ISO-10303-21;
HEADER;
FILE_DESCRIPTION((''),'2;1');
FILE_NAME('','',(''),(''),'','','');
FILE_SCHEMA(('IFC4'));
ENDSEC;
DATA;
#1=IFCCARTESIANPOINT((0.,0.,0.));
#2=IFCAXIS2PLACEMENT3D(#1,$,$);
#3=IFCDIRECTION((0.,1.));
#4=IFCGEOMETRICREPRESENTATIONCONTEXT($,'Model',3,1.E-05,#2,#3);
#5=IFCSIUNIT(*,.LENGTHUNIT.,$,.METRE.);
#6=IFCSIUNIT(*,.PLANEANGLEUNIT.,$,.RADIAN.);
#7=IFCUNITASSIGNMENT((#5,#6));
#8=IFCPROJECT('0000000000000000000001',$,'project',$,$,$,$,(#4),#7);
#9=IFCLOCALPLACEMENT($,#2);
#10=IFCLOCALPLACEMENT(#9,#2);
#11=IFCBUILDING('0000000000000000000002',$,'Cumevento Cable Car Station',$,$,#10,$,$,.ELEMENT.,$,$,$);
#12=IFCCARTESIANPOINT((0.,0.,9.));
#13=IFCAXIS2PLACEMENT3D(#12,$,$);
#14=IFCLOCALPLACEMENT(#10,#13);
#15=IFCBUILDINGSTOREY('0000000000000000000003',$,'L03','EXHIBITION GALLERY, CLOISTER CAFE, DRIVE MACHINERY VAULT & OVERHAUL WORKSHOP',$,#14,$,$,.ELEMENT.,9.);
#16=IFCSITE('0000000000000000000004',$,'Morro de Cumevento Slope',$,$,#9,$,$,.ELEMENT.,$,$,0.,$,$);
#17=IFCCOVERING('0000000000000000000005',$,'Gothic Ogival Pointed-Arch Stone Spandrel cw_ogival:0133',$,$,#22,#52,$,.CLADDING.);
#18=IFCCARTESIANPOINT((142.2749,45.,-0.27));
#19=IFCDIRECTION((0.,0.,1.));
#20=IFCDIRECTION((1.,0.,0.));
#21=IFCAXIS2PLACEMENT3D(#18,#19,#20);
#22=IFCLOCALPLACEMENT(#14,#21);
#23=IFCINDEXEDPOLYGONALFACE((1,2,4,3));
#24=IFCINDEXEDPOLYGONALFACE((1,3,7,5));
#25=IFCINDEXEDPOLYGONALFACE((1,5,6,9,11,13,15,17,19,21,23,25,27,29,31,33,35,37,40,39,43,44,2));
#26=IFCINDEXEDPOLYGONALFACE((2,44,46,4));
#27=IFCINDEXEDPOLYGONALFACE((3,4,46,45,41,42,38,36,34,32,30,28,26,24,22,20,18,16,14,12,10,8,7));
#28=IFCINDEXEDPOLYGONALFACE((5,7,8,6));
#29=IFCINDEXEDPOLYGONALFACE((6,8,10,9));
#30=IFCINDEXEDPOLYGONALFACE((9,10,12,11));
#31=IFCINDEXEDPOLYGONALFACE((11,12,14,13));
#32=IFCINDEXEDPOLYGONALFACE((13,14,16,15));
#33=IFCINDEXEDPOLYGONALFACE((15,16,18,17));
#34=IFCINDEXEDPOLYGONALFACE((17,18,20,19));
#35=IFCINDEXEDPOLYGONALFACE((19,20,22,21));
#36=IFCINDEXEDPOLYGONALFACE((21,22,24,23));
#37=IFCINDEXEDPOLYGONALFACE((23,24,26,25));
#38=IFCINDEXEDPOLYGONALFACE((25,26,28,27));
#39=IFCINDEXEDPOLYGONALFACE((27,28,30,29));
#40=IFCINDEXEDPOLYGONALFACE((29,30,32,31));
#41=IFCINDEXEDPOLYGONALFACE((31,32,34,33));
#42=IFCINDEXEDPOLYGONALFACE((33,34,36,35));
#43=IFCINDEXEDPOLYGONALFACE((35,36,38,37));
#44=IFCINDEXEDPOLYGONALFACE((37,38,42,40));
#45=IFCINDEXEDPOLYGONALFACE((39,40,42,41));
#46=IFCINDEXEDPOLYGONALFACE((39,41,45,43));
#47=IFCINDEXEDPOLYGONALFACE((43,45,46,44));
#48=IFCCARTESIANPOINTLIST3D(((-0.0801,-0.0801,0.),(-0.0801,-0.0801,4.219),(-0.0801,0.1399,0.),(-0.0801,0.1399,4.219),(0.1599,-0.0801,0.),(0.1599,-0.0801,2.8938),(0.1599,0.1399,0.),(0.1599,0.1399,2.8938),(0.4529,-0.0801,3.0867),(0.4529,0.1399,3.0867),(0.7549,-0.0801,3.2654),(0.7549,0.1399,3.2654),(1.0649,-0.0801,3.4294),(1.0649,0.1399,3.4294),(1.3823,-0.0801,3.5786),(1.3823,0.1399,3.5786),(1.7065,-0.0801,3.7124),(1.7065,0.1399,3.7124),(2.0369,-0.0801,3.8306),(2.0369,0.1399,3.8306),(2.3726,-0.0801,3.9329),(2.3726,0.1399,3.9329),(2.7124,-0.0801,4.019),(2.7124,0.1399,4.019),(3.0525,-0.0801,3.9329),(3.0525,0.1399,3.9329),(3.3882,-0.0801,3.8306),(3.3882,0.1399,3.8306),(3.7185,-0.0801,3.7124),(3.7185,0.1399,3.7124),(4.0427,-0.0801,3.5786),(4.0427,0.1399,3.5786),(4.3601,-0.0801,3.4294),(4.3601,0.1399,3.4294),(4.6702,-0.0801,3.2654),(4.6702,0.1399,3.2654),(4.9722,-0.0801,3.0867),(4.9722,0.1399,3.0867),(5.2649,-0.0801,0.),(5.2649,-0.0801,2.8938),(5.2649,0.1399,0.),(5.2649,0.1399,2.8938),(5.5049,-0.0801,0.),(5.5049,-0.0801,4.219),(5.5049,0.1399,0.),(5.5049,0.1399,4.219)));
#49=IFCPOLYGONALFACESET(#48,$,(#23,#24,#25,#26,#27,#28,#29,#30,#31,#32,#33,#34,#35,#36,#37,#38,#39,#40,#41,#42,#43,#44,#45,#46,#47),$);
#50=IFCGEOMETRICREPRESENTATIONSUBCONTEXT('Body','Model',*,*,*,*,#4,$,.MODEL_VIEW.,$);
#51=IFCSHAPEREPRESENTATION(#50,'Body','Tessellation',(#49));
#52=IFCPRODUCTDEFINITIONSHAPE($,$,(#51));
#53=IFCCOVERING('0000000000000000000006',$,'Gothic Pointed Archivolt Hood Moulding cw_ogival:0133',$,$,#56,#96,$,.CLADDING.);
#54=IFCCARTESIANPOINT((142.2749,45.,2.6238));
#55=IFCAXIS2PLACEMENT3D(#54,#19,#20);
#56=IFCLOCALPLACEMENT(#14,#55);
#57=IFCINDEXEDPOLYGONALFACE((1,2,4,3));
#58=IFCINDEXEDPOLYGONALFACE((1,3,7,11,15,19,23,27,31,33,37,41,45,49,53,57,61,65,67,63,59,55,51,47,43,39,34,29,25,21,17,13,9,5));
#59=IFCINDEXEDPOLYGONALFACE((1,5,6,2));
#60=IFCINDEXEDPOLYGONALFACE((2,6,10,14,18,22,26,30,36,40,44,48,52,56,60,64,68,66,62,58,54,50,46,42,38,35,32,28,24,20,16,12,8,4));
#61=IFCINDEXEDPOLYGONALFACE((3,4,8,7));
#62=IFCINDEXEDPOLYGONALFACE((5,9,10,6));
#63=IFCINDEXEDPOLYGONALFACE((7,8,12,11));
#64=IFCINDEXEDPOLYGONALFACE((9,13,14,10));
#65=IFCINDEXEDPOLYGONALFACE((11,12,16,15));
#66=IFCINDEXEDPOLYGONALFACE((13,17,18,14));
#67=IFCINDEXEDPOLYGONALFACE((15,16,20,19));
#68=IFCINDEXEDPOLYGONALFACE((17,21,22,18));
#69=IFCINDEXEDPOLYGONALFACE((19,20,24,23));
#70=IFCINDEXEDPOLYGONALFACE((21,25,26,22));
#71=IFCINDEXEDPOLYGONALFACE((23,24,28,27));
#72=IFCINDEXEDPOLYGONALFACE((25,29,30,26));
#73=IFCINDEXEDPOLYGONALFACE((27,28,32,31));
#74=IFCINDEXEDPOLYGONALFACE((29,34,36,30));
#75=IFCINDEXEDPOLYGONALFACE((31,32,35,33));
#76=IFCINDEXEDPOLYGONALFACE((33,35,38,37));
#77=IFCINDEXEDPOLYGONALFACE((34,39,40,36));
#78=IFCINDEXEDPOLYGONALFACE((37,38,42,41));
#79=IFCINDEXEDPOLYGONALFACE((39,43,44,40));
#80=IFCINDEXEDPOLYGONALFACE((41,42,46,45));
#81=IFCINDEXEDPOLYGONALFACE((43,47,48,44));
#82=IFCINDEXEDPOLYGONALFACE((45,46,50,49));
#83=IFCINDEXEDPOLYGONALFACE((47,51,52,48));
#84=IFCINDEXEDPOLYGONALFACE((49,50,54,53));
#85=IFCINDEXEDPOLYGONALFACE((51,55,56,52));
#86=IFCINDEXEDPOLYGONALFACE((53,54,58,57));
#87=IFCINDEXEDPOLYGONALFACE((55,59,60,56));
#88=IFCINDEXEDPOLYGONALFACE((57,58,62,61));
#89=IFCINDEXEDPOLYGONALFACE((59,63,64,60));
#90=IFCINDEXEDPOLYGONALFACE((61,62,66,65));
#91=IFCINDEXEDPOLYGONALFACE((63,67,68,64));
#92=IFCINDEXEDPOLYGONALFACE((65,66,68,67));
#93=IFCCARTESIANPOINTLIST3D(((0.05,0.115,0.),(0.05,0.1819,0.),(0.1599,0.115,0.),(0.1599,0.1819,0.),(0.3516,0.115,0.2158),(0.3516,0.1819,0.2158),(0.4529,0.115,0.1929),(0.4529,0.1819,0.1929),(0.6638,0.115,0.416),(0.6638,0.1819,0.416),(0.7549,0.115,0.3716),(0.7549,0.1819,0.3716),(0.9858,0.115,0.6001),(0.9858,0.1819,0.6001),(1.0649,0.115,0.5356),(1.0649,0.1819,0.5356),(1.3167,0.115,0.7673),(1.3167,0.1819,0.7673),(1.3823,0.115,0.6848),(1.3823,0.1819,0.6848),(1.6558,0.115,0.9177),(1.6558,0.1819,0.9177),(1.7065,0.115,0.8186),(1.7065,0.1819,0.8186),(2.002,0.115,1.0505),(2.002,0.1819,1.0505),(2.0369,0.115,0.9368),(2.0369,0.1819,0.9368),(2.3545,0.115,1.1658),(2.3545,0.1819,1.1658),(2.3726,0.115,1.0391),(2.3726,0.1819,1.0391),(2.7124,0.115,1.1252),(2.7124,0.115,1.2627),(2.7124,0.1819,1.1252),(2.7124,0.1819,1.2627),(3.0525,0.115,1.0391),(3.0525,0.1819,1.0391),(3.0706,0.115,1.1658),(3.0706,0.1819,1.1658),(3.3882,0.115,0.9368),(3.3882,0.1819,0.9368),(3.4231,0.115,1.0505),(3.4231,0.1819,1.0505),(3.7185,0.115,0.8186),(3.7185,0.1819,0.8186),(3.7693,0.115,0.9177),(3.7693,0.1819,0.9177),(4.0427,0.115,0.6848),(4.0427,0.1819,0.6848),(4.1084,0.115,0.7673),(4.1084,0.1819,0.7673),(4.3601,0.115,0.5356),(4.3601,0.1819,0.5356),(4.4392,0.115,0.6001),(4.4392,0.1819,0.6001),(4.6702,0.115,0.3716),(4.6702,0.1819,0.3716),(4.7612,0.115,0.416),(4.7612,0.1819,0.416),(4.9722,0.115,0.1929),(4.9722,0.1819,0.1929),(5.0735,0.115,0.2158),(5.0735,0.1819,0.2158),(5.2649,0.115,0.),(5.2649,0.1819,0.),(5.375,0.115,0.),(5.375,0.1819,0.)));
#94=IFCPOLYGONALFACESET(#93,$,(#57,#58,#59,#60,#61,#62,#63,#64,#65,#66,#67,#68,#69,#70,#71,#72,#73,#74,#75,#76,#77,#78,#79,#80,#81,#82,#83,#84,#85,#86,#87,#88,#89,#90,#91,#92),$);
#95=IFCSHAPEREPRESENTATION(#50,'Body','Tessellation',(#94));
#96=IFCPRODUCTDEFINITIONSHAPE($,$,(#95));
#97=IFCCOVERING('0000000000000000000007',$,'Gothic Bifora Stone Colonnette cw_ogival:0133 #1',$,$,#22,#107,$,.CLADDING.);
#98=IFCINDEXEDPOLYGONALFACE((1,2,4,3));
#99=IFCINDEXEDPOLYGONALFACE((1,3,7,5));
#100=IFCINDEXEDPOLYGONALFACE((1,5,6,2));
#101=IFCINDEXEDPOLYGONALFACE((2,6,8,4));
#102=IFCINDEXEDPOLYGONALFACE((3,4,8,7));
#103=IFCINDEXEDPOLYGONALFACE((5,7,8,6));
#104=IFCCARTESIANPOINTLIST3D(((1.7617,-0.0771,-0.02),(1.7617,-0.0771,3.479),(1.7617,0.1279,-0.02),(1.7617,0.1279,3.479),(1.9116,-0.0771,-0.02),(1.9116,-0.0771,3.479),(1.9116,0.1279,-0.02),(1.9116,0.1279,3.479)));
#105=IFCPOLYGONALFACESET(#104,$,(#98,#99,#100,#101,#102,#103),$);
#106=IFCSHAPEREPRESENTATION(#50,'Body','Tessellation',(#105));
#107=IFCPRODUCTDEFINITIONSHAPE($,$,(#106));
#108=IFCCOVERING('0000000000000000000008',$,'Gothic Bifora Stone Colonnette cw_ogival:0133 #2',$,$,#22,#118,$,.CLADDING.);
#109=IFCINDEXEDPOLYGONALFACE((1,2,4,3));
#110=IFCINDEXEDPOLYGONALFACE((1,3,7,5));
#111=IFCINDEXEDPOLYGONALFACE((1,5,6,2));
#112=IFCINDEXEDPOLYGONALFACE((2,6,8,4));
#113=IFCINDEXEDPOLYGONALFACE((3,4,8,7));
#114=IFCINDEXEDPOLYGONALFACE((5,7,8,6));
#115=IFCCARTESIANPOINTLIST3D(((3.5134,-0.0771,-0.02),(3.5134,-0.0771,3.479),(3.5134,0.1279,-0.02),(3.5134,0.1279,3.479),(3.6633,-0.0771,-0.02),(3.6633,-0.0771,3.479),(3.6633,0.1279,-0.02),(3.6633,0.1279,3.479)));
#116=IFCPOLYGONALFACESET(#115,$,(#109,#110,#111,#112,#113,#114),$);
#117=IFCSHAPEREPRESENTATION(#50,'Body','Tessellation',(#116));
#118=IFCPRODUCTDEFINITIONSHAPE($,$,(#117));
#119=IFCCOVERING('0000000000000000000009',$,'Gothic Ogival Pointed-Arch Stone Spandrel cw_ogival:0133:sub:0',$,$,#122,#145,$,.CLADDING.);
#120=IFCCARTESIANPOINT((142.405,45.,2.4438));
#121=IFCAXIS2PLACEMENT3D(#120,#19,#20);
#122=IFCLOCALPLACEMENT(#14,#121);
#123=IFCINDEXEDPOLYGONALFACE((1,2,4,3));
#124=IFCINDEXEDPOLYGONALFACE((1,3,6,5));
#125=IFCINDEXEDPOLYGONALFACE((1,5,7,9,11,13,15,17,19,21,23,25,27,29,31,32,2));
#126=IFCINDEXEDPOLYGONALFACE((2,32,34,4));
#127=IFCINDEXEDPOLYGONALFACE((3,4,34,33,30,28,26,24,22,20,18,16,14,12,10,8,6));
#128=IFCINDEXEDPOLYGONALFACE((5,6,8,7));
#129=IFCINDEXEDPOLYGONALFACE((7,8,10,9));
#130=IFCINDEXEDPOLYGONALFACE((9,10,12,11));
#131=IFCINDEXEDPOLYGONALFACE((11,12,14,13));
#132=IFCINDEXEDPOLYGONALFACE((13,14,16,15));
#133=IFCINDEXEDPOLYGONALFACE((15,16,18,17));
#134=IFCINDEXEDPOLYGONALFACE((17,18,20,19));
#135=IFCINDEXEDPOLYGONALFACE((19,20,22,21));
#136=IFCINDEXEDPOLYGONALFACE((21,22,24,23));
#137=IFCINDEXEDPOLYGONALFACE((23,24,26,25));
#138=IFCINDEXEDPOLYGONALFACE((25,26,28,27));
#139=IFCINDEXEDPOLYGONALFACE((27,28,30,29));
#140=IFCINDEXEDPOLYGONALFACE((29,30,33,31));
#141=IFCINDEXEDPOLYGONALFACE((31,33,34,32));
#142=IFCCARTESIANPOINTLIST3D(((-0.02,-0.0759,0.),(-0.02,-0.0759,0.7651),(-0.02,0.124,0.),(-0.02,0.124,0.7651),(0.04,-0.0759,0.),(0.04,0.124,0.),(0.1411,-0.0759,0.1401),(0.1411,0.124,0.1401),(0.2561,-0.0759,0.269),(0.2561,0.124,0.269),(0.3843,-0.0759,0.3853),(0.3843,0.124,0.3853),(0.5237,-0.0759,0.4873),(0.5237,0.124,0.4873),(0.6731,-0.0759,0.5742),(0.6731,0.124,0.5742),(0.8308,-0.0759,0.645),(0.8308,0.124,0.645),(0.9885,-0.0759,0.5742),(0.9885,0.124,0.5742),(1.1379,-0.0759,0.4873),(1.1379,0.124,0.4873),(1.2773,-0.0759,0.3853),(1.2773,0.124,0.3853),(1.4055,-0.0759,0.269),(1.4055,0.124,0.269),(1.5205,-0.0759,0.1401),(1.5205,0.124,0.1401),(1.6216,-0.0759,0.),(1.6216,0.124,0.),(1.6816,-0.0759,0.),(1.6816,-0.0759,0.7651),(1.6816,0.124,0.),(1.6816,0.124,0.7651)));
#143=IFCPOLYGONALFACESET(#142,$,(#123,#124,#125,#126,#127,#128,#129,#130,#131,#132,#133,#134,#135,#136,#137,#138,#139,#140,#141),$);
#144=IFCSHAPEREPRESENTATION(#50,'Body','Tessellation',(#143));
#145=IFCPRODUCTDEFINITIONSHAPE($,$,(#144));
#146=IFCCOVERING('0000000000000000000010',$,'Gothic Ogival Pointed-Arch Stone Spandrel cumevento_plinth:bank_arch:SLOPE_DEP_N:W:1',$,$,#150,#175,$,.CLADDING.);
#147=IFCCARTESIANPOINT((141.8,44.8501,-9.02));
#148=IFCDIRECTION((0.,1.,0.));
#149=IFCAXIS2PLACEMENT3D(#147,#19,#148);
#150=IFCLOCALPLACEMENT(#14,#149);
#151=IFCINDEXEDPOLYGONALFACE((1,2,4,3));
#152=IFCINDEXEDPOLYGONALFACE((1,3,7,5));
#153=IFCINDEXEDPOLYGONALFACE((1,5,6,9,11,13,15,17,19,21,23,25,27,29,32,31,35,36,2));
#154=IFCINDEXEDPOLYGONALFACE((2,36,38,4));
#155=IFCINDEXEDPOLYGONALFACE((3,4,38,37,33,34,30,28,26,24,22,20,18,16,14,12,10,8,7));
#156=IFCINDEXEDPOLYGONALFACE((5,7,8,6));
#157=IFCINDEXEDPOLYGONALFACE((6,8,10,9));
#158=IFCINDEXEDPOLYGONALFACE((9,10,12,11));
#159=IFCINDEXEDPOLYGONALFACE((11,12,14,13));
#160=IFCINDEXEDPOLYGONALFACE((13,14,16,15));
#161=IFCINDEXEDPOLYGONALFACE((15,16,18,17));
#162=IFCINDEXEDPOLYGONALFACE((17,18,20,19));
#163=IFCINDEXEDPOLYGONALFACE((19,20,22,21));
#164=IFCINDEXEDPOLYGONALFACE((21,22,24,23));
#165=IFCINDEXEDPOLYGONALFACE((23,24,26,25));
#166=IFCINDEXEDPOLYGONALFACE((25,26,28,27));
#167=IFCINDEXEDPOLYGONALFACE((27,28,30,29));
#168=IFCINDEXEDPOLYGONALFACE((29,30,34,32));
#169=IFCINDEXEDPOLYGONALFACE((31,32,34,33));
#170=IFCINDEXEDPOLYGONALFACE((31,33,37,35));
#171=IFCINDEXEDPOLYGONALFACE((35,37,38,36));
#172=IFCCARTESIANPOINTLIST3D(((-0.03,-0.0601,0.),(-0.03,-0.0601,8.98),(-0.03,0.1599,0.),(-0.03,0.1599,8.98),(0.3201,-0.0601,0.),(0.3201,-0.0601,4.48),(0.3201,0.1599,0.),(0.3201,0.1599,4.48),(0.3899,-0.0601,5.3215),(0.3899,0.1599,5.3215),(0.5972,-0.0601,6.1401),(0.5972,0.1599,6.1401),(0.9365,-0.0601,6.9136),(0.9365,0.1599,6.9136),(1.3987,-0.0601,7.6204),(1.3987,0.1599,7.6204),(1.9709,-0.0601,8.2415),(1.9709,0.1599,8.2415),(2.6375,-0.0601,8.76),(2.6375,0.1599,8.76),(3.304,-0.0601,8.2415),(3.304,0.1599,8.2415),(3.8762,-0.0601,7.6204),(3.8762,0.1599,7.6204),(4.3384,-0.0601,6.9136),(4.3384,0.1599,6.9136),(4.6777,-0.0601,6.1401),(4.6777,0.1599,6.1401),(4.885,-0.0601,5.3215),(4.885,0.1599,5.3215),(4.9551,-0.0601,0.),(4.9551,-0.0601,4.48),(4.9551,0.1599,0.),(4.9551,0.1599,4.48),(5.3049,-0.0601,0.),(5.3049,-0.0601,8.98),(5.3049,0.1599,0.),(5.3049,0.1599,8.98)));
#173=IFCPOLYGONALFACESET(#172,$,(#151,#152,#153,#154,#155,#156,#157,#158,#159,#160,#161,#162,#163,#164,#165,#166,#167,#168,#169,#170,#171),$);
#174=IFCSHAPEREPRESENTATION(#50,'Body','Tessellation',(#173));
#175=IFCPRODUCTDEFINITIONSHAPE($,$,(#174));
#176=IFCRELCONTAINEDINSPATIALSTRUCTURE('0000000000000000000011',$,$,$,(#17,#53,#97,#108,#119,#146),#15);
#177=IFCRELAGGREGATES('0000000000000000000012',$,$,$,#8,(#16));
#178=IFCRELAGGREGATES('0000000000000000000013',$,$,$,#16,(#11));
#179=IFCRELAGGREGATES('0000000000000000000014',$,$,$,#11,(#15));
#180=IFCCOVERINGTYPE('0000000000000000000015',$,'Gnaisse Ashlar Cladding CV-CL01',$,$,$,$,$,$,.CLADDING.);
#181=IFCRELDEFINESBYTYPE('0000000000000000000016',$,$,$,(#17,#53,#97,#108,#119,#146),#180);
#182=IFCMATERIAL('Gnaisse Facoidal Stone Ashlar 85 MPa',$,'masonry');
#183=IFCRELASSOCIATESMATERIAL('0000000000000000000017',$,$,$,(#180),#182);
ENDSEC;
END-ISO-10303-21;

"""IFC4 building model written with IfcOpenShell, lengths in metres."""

from ifc_helpers import new_model, si_unit, direction, frame, origin, place, context, subcontext, project, spatial, polyline, outline, extrude, material, type_object, element, save


model = new_model("IFC4")

# Units and contexts
model_context = context("Model", 3, precision=1e-05, world=origin(), true_north=direction((0.0, 1.0)))
body_context = subcontext(model_context, "Body", "Model", "MODEL_VIEW")
ifc_project = project(units=[si_unit("LENGTHUNIT", "METRE"), si_unit("PLANEANGLEUNIT", "RADIAN")], contexts=[model_context])

# Site, building, storey
site_placement = place(None, origin())
site = spatial("IfcSite", under=ifc_project, at=site_placement, Name="Morro de Cumevento Slope", CompositionType="ELEMENT", RefElevation=0.0)
building_placement = place(site_placement, origin())
building = spatial("IfcBuilding", under=site, at=building_placement, Name="Cumevento Cable Car Station", CompositionType="ELEMENT")
storey_placement = place(building_placement, frame((0.0, 0.0, 9.0)))
storey = spatial("IfcBuildingStorey", under=building, at=storey_placement, Name="L03", Description="EXHIBITION GALLERY, CLOISTER CAFE, DRIVE MACHINERY VAULT & OVERHAUL WORKSHOP", CompositionType="ELEMENT", Elevation=9.0)

# Coverings
ifc_material_1 = material(Name="Gnaisse Facoidal Stone Ashlar 85 MPa", Category="masonry")
covering_type = type_object("IfcCoveringType", Name="Gnaisse Ashlar Cladding CV-CL01", PredefinedType="CLADDING", material=ifc_material_1)
placement = place(storey_placement, frame((142.2749, 45.0, -0.27), z_axis=(0.0, 0.0, 1.0), x_axis=(1.0, 0.0, 0.0)))
element("IfcCovering", 1, at=placement, inside=storey, type_object=covering_type, Name="Gothic Ogival Pointed-Arch Stone Spandrel cw_ogival:0133", PredefinedType="CLADDING", context=body_context, shape_type="SweptSolid", body=[
    extrude(outline(polyline([(-0.0801, 0.0), (-0.0801, 4.219), (5.5049, 4.219), (5.5049, 0.0), (5.2649, 0.0), (5.2649, 2.8938), (4.9722, 3.0867), (4.6702, 3.2654), (4.3601, 3.4294), (4.0427, 3.5786), (3.7185, 3.7124), (3.3882, 3.8306), (3.0525, 3.9329), (2.7124, 4.019), (2.3726, 3.9329), (2.0369, 3.8306), (1.7065, 3.7124), (1.3823, 3.5786), (1.0649, 3.4294), (0.7549, 3.2654), (0.4529, 3.0867), (0.1599, 2.8938), (0.1599, 0.0), (-0.0801, 0.0)])), frame((0.0, 0.1399, 0.0), z_axis=(0.0, -1.0, 0.0), x_axis=(1.0, 0.0, 0.0)), (0.0, 0.0, 1.0), 0.22),
])
covering_1_placement = place(storey_placement, frame((142.2749, 45.0, 2.6238), z_axis=(0.0, 0.0, 1.0), x_axis=(1.0, 0.0, 0.0)))
element("IfcCovering", 2, at=covering_1_placement, inside=storey, type_object=covering_type, Name="Gothic Pointed Archivolt Hood Moulding cw_ogival:0133", PredefinedType="CLADDING", context=body_context, shape_type="SweptSolid", body=[
    extrude(outline(polyline([(0.1599, 0.0), (0.4529, 0.1929), (0.7549, 0.3716), (1.0649, 0.5356), (1.3823, 0.6848), (1.7065, 0.8186), (2.0369, 0.9368), (2.3726, 1.0391), (2.7124, 1.1252), (3.0525, 1.0391), (3.3882, 0.9368), (3.7185, 0.8186), (4.0427, 0.6848), (4.3601, 0.5356), (4.6702, 0.3716), (4.9722, 0.1929), (5.2649, 0.0), (5.375, 0.0), (5.0735, 0.2158), (4.7612, 0.416), (4.4392, 0.6001), (4.1084, 0.7673), (3.7693, 0.9177), (3.4231, 1.0505), (3.0706, 1.1658), (2.7124, 1.2627), (2.3545, 1.1658), (2.002, 1.0505), (1.6558, 0.9177), (1.3167, 0.7673), (0.9858, 0.6001), (0.6638, 0.416), (0.3516, 0.2158), (0.05, 0.0), (0.1599, 0.0)])), frame((0.0, 0.1819, 0.0), z_axis=(0.0, -1.0, 0.0), x_axis=(1.0, 0.0, 0.0)), (0.0, 0.0, 1.0), 0.0669),
])
element("IfcCovering", 3, at=placement, inside=storey, type_object=covering_type, Name="Gothic Bifora Stone Colonnette cw_ogival:0133 #1", PredefinedType="CLADDING", context=body_context, shape_type="SweptSolid", body=[
    extrude(outline(polyline([(1.7617, -0.02), (1.9116, -0.02), (1.9116, 3.479), (1.7617, 3.479), (1.7617, -0.02)])), frame((0.0, 0.1279, 0.0), z_axis=(0.0, -1.0, 0.0), x_axis=(1.0, 0.0, 0.0)), (0.0, 0.0, 1.0), 0.2051),
])
element("IfcCovering", 4, at=placement, inside=storey, type_object=covering_type, Name="Gothic Bifora Stone Colonnette cw_ogival:0133 #2", PredefinedType="CLADDING", context=body_context, shape_type="SweptSolid", body=[
    extrude(outline(polyline([(3.5134, -0.02), (3.6633, -0.02), (3.6633, 3.479), (3.5134, 3.479), (3.5134, -0.02)])), frame((0.0, 0.1279, 0.0), z_axis=(0.0, -1.0, 0.0), x_axis=(1.0, 0.0, 0.0)), (0.0, 0.0, 1.0), 0.2051),
])
covering_2_placement = place(storey_placement, frame((142.405, 45.0, 2.4438), z_axis=(0.0, 0.0, 1.0), x_axis=(1.0, 0.0, 0.0)))
element("IfcCovering", 5, at=covering_2_placement, inside=storey, type_object=covering_type, Name="Gothic Ogival Pointed-Arch Stone Spandrel cw_ogival:0133:sub:0", PredefinedType="CLADDING", context=body_context, shape_type="SweptSolid", body=[
    extrude(outline(polyline([(-0.02, 0.0), (-0.02, 0.7651), (1.6816, 0.7651), (1.6816, 0.0), (1.6216, 0.0), (1.5205, 0.1401), (1.4055, 0.269), (1.2773, 0.3853), (1.1379, 0.4873), (0.9885, 0.5742), (0.8308, 0.645), (0.6731, 0.5742), (0.5237, 0.4873), (0.3843, 0.3853), (0.2561, 0.269), (0.1411, 0.1401), (0.04, 0.0), (-0.02, 0.0)])), frame((0.0, 0.124, 0.0), z_axis=(0.0, -1.0, 0.0), x_axis=(1.0, 0.0, 0.0)), (0.0, 0.0, 1.0), 0.2),
])
covering_3_placement = place(storey_placement, frame((141.8, 44.8501, -9.02), z_axis=(0.0, 0.0, 1.0), x_axis=(0.0, 1.0, 0.0)))
element("IfcCovering", 6, at=covering_3_placement, inside=storey, type_object=covering_type, Name="Gothic Ogival Pointed-Arch Stone Spandrel cumevento_plinth:bank_arch:SLOPE_DEP_N:W:1", PredefinedType="CLADDING", context=body_context, shape_type="SweptSolid", body=[
    extrude(outline(polyline([(-0.03, 0.0), (-0.03, 8.98), (5.3049, 8.98), (5.3049, 0.0), (4.9551, 0.0), (4.9551, 4.48), (4.885, 5.3215), (4.6777, 6.1401), (4.3384, 6.9136), (3.8762, 7.6204), (3.304, 8.2415), (2.6375, 8.76), (1.9709, 8.2415), (1.3987, 7.6204), (0.9365, 6.9136), (0.5972, 6.1401), (0.3899, 5.3215), (0.3201, 4.48), (0.3201, 0.0), (-0.03, 0.0)])), frame((0.0, 0.1599, 0.0), z_axis=(0.0, -1.0, 0.0), x_axis=(1.0, 0.0, 0.0)), (0.0, 0.0, 1.0), 0.22),
])

save(model, "model.ifc")
